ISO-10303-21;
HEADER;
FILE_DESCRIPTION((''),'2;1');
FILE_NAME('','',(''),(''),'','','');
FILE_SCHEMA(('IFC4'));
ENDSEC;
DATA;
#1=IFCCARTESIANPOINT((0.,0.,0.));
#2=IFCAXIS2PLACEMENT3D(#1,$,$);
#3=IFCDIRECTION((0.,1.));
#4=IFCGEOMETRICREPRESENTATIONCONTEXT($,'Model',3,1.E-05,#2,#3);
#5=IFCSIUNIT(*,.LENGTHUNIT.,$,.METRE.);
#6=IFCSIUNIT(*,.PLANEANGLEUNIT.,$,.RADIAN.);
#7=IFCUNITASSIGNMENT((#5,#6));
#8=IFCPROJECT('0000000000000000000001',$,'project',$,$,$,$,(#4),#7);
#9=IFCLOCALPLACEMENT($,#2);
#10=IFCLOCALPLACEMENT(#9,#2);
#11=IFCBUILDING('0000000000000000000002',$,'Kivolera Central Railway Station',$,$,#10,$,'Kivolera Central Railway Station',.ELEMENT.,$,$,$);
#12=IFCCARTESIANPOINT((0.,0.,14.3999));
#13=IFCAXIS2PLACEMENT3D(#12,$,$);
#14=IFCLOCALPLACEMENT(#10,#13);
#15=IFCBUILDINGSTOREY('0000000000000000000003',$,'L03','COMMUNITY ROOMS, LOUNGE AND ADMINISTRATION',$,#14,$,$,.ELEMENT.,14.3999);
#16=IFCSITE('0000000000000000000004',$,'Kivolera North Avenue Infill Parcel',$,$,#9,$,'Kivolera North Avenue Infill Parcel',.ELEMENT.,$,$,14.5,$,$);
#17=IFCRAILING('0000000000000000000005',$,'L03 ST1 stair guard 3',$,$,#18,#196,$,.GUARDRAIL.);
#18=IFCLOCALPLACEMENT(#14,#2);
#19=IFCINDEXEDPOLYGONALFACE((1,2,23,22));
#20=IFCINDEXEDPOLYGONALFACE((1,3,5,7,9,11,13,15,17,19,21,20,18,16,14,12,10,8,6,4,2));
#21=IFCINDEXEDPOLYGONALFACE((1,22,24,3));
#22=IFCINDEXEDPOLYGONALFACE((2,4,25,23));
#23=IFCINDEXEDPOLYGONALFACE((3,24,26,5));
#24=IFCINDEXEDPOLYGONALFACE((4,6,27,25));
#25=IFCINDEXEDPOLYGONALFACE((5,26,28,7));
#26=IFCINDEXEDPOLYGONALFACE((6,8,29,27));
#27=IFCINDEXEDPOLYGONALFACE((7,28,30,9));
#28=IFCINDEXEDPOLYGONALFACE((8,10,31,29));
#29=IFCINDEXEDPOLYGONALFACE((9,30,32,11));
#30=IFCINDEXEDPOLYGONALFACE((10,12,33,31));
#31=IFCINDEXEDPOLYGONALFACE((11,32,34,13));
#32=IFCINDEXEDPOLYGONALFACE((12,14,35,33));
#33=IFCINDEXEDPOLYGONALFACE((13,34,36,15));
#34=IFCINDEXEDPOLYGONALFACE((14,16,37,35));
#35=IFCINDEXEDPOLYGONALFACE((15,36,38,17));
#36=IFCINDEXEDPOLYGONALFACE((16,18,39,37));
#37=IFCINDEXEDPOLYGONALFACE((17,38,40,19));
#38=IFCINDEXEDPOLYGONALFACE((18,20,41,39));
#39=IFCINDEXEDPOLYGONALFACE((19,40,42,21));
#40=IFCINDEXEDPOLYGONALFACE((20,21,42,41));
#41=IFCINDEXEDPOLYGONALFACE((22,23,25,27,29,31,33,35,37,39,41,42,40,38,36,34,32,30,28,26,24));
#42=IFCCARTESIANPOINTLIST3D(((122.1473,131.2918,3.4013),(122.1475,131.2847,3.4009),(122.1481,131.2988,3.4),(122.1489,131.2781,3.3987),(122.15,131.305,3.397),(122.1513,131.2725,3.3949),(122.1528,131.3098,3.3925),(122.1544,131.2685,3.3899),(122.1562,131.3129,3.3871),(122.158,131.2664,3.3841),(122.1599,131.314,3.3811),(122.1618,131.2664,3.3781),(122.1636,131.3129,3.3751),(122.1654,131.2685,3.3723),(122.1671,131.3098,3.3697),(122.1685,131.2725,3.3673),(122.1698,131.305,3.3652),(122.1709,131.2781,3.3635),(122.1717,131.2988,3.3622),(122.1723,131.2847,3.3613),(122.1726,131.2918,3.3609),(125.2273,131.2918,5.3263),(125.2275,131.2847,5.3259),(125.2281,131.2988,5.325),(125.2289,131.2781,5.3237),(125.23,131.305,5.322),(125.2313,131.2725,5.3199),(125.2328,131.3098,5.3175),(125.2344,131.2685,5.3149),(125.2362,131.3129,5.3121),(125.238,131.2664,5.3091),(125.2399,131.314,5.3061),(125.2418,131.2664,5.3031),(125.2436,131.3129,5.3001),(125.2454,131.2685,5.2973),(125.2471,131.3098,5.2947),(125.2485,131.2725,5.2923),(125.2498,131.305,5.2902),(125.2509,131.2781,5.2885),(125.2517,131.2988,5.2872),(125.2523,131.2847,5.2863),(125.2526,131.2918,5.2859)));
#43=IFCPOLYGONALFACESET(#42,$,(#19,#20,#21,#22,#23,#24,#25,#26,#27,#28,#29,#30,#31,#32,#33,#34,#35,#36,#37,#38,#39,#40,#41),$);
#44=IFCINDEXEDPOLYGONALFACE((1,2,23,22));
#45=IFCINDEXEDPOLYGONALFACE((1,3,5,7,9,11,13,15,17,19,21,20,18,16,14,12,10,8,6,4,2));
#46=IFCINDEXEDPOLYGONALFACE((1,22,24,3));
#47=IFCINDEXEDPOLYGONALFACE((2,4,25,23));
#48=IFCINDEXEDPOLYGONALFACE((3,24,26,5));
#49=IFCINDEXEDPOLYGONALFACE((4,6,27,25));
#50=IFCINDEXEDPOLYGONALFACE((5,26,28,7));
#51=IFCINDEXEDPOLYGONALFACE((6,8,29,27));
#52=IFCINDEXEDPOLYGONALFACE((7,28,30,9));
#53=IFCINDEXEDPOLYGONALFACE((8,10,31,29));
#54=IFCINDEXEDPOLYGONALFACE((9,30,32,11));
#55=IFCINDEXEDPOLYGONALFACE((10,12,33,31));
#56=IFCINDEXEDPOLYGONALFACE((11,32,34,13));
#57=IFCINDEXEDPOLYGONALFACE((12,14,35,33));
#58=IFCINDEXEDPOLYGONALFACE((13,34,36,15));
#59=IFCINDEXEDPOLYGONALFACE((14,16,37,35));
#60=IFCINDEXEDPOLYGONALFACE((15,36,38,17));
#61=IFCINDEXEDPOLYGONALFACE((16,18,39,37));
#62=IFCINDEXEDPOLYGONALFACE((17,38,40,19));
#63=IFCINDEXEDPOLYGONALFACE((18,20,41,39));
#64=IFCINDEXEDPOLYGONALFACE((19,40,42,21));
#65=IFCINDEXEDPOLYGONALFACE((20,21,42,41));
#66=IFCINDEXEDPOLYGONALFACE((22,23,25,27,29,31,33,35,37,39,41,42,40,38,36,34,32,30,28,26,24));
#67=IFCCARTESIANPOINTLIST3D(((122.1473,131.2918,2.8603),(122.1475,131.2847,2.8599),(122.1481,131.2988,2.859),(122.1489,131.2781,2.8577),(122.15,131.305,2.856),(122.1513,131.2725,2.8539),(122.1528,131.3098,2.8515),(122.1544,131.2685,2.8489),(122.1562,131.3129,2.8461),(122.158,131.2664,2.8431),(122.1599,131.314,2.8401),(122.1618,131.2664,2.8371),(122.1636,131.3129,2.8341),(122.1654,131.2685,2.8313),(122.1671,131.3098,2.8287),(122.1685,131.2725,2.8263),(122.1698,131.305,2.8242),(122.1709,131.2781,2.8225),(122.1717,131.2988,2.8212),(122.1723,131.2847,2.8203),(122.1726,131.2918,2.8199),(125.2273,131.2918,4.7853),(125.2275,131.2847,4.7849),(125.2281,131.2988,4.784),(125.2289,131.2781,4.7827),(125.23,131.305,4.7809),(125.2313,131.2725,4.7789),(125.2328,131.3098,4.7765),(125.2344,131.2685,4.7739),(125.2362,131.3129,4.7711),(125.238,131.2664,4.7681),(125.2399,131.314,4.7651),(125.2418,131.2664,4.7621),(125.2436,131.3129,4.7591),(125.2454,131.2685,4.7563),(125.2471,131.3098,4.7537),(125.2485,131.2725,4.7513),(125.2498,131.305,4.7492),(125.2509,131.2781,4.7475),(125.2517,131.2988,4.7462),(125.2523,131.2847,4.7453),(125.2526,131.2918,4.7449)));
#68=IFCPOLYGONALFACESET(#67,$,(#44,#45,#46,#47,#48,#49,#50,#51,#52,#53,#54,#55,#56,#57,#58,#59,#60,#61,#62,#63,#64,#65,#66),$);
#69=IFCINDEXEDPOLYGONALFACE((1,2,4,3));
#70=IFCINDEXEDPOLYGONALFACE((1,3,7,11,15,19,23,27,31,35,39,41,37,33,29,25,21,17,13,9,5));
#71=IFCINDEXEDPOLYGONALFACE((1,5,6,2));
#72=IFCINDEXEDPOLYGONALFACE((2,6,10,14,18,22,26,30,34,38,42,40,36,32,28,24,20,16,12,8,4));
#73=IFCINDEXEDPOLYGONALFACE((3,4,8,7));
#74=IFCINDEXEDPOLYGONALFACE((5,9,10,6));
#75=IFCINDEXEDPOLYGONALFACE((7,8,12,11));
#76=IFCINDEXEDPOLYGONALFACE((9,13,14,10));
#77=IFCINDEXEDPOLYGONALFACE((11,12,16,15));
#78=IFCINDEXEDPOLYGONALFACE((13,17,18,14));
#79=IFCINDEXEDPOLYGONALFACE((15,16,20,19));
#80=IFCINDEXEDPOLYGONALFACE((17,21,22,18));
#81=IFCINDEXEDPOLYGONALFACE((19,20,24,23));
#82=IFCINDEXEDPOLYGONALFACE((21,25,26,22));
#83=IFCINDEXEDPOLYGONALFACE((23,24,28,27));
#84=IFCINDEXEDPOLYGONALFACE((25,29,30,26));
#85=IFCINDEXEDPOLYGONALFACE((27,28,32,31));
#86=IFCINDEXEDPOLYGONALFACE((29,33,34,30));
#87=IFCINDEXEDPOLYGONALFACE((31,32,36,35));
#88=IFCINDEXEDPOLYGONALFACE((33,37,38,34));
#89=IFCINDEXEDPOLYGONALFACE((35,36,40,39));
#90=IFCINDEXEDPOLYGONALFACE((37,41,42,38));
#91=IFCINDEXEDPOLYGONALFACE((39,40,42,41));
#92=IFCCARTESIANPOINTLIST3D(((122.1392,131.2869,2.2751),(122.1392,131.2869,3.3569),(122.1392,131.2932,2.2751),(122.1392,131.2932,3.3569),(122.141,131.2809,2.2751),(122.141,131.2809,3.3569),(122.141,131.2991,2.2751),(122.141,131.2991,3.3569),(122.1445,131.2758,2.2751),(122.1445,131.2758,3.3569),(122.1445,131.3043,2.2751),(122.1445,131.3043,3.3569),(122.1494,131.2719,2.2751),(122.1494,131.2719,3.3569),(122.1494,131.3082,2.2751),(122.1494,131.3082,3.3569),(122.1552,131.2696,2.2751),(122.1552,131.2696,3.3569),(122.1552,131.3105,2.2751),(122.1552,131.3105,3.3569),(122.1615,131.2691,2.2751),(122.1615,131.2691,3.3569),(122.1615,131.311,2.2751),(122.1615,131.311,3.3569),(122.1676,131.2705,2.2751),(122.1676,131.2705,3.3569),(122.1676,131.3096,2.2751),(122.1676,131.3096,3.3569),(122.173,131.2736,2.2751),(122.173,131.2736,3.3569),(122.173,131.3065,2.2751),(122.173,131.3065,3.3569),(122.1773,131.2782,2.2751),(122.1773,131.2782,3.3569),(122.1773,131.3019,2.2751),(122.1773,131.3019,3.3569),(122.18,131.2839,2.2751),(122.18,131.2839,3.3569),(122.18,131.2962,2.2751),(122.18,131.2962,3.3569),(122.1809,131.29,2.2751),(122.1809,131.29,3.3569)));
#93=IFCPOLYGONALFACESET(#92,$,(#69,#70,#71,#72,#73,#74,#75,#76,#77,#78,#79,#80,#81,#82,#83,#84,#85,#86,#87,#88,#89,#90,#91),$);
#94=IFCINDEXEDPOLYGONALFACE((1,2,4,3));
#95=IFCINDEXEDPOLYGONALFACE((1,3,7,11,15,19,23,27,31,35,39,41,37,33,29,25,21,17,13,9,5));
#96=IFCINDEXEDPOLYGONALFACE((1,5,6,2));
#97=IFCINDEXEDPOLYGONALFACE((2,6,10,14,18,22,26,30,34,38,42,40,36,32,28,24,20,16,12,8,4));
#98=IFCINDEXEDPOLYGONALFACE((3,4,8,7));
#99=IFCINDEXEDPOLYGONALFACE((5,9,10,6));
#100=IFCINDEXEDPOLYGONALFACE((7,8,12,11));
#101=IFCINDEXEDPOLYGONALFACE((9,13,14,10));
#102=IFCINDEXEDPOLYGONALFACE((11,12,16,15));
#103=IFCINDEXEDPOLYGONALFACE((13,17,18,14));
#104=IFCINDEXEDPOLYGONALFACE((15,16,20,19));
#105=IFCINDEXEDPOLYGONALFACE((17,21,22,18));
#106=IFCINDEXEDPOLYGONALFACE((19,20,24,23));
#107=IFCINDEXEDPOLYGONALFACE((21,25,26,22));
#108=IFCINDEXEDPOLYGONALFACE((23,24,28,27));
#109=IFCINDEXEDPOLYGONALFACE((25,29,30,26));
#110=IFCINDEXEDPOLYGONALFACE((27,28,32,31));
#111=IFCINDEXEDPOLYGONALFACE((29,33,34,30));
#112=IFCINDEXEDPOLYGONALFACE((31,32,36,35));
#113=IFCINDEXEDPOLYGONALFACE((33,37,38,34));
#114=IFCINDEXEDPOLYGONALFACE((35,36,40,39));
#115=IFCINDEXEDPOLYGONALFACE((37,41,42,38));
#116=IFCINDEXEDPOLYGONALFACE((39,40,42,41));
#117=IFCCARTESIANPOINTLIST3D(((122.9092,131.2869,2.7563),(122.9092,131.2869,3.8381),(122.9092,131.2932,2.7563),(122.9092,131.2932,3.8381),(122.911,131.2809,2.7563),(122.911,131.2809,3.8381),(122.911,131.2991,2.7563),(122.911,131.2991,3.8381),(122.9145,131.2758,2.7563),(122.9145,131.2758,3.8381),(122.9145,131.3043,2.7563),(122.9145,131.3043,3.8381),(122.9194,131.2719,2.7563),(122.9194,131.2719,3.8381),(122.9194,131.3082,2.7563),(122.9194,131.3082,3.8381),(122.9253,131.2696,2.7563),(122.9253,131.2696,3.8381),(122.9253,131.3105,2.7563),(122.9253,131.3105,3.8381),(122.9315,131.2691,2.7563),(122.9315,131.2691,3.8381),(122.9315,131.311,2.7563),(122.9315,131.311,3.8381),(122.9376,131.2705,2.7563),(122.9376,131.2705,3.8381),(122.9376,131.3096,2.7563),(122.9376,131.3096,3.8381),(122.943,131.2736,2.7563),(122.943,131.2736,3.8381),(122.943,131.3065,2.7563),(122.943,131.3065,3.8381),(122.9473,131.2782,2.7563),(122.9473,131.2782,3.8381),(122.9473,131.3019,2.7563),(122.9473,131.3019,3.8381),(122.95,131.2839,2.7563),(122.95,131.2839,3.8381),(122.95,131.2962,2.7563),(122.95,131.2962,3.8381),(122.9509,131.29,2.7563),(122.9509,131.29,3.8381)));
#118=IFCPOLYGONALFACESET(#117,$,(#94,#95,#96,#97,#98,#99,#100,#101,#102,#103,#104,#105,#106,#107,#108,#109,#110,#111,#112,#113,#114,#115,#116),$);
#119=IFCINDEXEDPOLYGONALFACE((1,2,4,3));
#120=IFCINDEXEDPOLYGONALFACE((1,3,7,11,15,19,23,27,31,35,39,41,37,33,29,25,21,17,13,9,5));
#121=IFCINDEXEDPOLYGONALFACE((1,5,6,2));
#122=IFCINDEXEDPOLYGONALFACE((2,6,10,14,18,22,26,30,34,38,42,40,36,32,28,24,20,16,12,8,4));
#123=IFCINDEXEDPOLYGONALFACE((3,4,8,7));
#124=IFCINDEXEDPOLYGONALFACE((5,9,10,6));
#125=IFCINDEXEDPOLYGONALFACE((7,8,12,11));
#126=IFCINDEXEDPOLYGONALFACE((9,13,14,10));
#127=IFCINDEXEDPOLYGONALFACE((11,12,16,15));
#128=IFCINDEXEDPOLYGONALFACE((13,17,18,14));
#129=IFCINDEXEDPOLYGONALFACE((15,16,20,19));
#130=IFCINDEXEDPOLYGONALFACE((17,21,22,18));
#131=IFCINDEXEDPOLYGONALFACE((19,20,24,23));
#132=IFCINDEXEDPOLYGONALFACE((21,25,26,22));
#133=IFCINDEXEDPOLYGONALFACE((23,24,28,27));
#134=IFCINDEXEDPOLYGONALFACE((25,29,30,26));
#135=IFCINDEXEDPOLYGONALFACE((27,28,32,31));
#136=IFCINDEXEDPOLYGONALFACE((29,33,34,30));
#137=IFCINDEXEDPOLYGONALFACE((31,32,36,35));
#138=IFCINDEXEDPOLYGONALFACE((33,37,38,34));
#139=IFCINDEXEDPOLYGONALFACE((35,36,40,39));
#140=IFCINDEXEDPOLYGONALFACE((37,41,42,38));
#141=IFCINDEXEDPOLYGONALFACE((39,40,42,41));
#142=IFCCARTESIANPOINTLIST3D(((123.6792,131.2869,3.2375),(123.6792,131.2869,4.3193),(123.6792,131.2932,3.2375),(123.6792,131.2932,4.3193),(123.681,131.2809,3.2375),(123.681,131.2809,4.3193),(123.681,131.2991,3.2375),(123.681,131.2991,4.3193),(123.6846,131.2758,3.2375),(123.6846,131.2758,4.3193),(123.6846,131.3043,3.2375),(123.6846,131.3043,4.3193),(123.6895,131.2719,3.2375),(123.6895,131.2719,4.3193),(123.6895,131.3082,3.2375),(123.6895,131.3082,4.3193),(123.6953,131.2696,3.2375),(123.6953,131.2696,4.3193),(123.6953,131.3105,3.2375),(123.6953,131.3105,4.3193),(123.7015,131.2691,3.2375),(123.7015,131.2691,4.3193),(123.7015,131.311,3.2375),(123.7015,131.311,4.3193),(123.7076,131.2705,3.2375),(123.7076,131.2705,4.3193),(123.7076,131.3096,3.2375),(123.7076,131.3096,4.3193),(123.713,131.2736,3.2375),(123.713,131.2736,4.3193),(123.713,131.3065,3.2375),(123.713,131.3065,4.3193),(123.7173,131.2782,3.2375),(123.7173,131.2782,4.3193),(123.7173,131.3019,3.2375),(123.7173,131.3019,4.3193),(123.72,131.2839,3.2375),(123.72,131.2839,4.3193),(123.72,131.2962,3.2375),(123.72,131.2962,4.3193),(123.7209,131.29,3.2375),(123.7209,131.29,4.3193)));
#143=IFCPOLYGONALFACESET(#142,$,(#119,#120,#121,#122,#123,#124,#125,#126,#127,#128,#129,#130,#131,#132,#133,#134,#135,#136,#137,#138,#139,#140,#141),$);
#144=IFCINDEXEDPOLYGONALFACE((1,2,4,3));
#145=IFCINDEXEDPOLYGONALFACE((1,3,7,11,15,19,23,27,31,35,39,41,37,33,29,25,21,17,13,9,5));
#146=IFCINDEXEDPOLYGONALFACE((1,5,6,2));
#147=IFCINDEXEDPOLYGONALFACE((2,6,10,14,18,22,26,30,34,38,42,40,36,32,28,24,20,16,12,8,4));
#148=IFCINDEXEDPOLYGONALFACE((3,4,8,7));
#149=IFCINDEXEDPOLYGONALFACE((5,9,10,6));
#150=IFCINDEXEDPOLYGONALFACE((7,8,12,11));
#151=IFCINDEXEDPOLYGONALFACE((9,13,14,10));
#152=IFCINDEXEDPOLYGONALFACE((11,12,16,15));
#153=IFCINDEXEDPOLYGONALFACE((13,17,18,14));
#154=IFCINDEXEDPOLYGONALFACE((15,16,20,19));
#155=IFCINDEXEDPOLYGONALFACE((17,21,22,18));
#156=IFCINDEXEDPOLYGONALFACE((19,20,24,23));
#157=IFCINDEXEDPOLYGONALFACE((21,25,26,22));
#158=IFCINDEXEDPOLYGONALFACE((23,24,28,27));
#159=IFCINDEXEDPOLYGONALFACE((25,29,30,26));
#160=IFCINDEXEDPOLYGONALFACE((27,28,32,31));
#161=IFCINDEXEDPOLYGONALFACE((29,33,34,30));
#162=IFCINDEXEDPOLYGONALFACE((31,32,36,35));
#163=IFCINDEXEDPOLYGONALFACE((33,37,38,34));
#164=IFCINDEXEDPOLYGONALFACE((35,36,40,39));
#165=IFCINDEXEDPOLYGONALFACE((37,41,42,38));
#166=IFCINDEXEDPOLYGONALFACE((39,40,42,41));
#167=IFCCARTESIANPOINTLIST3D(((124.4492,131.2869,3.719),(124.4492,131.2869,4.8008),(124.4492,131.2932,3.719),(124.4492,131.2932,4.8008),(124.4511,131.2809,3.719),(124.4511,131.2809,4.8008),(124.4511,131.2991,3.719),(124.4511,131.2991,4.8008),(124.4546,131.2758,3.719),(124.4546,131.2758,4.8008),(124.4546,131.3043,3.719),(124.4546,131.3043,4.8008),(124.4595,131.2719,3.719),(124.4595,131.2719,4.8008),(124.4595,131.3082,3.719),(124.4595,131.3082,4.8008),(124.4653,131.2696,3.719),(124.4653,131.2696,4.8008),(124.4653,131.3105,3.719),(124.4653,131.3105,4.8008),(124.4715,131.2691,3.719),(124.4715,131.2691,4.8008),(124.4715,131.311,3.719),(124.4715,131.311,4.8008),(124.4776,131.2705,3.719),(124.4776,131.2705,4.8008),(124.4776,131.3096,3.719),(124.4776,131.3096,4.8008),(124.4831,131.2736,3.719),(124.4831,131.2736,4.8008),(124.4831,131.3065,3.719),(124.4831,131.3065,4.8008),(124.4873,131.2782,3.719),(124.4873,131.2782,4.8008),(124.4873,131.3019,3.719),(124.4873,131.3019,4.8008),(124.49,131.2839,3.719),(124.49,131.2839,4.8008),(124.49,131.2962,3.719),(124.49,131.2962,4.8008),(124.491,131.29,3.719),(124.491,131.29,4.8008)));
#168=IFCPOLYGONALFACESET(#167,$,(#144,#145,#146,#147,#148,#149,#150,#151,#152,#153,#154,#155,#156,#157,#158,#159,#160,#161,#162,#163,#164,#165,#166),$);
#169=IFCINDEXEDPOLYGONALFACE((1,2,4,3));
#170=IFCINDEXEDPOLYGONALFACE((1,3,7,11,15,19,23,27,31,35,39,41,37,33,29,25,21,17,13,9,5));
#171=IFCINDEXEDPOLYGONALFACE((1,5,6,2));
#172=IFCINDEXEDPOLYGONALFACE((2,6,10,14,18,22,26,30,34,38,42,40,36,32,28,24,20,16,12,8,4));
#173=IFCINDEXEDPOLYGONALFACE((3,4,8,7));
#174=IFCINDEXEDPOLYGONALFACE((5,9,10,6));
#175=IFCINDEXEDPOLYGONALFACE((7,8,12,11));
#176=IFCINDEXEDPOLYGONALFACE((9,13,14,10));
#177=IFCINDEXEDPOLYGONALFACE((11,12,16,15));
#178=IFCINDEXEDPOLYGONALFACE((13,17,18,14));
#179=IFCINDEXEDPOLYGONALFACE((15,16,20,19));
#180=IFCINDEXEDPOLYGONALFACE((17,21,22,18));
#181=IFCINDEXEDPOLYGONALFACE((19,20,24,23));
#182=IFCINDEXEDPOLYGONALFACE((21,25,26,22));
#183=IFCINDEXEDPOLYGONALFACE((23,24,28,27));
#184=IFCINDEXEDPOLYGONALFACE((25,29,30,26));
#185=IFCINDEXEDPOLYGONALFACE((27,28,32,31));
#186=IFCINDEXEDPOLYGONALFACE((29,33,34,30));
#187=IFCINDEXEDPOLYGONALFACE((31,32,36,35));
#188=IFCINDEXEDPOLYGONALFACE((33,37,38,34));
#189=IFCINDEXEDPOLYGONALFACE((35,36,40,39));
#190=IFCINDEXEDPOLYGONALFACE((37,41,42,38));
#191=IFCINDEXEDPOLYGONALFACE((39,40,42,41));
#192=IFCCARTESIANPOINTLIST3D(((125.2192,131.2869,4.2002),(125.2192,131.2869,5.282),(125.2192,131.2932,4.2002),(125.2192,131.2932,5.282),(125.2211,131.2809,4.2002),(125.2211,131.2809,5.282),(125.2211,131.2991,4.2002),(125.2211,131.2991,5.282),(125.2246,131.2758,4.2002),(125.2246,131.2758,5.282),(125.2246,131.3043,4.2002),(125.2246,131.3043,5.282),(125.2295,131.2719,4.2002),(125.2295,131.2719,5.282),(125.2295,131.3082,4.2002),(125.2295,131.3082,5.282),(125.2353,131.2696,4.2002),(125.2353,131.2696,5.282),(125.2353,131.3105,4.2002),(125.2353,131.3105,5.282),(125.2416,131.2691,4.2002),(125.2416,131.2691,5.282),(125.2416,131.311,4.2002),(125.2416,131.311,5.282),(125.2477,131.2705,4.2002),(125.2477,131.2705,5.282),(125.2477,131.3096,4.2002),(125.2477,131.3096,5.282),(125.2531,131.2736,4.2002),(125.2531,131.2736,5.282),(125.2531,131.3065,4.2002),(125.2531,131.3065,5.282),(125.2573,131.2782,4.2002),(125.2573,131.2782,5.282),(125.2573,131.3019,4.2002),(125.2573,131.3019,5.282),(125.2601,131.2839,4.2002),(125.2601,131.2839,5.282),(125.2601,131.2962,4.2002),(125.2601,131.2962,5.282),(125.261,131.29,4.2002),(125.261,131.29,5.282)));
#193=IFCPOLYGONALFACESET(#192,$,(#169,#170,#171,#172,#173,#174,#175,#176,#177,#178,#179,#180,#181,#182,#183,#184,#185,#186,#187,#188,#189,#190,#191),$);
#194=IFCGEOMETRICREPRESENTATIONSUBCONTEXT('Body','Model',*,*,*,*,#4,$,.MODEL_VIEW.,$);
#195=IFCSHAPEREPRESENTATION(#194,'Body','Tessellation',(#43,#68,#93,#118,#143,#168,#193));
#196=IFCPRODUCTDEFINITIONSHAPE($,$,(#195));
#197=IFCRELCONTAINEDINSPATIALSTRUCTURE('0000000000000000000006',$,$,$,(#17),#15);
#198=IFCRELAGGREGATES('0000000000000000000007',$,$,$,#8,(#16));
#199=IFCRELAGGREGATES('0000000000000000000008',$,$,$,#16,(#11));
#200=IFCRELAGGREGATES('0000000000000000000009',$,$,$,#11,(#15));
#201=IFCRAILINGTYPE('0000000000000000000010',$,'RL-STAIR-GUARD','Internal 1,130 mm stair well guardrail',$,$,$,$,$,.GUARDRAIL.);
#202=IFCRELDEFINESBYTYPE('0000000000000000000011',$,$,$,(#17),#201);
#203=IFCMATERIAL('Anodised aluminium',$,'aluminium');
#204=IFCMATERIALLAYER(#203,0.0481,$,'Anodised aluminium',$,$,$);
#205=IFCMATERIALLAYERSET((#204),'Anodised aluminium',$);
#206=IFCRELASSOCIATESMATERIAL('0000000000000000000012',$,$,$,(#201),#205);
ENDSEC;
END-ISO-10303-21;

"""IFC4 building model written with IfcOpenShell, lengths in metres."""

from ifc_helpers import new_model, si_unit, direction, frame, origin, origin_2d, place, context, subcontext, project, spatial, circle, extrude, material, layer, layer_set, type_object, element, save


model = new_model("IFC4")

# Units and contexts
model_context = context("Model", 3, precision=1e-05, world=origin(), true_north=direction((0.0, 1.0)))
body_context = subcontext(model_context, "Body", "Model", "MODEL_VIEW")
ifc_project = project(units=[si_unit("LENGTHUNIT", "METRE"), si_unit("PLANEANGLEUNIT", "RADIAN")], contexts=[model_context])

# Site, building, storey
site_placement = place(None, origin())
site = spatial("IfcSite", under=ifc_project, at=site_placement, Name="Kivolera North Avenue Infill Parcel", LongName="Kivolera North Avenue Infill Parcel", CompositionType="ELEMENT", RefElevation=14.5)
building_placement = place(site_placement, origin())
building = spatial("IfcBuilding", under=site, at=building_placement, Name="Kivolera Central Railway Station", LongName="Kivolera Central Railway Station", CompositionType="ELEMENT")
storey_placement = place(building_placement, frame((0.0, 0.0, 14.3999)))
storey = spatial("IfcBuildingStorey", under=building, at=storey_placement, Name="L03", Description="COMMUNITY ROOMS, LOUNGE AND ADMINISTRATION", CompositionType="ELEMENT", Elevation=14.3999)

# Shared definitions
ifc_material_1 = material(Name="Anodised aluminium", Category="aluminium")

# Railing
ifc_layer_1 = layer(ifc_material_1, 0.0481, Name="Anodised aluminium")
ifc_layer_set_1 = layer_set([ifc_layer_1], Name="Anodised aluminium")
railing_type_1 = type_object("IfcRailingType", Name="RL-STAIR-GUARD", Description="Internal 1,130 mm stair well guardrail", PredefinedType="GUARDRAIL", material=ifc_layer_set_1)
railing_1_placement = place(storey_placement, frame((122.1599, 131.29, 2.2751)))
element("IfcRailing", 1, at=railing_1_placement, inside=storey, type_object=railing_type_1, Name="L03 ST1 stair guard 3", PredefinedType="GUARDRAIL", context=body_context, shape_type="SweptSolid", body=[
    extrude(circle(Radius=0.0239, at=origin_2d()), frame((0.0, 0.0, 1.106), z_axis=(0.847998, 0.0, 0.529999), x_axis=(0.0, 1.0, 0.0)), (0.0, 0.0, 1.0), 3.6321),
    extrude(circle(Radius=0.0239, at=origin_2d()), frame((0.0, 0.0, 0.5649), z_axis=(0.847998, 0.0, 0.529999), x_axis=(0.0, 1.0, 0.0)), (0.0, 0.0, 1.0), 3.6321),
    extrude(circle(Radius=0.021, at=origin_2d()), origin(), (0.0, 0.0, 1.0), 1.0818),
    extrude(circle(Radius=0.021, at=origin_2d()), frame((0.77, 0.0, 0.4812)), (0.0, 0.0, 1.0), 1.0818),
    extrude(circle(Radius=0.021, at=origin_2d()), frame((1.54, 0.0, 0.9624)), (0.0, 0.0, 1.0), 1.0818),
    extrude(circle(Radius=0.021, at=origin_2d()), frame((2.3101, 0.0, 1.4438)), (0.0, 0.0, 1.0), 1.0818),
    extrude(circle(Radius=0.021, at=origin_2d()), frame((3.0801, 0.0, 1.925)), (0.0, 0.0, 1.0), 1.0818),
])

save(model, "model.ifc")
